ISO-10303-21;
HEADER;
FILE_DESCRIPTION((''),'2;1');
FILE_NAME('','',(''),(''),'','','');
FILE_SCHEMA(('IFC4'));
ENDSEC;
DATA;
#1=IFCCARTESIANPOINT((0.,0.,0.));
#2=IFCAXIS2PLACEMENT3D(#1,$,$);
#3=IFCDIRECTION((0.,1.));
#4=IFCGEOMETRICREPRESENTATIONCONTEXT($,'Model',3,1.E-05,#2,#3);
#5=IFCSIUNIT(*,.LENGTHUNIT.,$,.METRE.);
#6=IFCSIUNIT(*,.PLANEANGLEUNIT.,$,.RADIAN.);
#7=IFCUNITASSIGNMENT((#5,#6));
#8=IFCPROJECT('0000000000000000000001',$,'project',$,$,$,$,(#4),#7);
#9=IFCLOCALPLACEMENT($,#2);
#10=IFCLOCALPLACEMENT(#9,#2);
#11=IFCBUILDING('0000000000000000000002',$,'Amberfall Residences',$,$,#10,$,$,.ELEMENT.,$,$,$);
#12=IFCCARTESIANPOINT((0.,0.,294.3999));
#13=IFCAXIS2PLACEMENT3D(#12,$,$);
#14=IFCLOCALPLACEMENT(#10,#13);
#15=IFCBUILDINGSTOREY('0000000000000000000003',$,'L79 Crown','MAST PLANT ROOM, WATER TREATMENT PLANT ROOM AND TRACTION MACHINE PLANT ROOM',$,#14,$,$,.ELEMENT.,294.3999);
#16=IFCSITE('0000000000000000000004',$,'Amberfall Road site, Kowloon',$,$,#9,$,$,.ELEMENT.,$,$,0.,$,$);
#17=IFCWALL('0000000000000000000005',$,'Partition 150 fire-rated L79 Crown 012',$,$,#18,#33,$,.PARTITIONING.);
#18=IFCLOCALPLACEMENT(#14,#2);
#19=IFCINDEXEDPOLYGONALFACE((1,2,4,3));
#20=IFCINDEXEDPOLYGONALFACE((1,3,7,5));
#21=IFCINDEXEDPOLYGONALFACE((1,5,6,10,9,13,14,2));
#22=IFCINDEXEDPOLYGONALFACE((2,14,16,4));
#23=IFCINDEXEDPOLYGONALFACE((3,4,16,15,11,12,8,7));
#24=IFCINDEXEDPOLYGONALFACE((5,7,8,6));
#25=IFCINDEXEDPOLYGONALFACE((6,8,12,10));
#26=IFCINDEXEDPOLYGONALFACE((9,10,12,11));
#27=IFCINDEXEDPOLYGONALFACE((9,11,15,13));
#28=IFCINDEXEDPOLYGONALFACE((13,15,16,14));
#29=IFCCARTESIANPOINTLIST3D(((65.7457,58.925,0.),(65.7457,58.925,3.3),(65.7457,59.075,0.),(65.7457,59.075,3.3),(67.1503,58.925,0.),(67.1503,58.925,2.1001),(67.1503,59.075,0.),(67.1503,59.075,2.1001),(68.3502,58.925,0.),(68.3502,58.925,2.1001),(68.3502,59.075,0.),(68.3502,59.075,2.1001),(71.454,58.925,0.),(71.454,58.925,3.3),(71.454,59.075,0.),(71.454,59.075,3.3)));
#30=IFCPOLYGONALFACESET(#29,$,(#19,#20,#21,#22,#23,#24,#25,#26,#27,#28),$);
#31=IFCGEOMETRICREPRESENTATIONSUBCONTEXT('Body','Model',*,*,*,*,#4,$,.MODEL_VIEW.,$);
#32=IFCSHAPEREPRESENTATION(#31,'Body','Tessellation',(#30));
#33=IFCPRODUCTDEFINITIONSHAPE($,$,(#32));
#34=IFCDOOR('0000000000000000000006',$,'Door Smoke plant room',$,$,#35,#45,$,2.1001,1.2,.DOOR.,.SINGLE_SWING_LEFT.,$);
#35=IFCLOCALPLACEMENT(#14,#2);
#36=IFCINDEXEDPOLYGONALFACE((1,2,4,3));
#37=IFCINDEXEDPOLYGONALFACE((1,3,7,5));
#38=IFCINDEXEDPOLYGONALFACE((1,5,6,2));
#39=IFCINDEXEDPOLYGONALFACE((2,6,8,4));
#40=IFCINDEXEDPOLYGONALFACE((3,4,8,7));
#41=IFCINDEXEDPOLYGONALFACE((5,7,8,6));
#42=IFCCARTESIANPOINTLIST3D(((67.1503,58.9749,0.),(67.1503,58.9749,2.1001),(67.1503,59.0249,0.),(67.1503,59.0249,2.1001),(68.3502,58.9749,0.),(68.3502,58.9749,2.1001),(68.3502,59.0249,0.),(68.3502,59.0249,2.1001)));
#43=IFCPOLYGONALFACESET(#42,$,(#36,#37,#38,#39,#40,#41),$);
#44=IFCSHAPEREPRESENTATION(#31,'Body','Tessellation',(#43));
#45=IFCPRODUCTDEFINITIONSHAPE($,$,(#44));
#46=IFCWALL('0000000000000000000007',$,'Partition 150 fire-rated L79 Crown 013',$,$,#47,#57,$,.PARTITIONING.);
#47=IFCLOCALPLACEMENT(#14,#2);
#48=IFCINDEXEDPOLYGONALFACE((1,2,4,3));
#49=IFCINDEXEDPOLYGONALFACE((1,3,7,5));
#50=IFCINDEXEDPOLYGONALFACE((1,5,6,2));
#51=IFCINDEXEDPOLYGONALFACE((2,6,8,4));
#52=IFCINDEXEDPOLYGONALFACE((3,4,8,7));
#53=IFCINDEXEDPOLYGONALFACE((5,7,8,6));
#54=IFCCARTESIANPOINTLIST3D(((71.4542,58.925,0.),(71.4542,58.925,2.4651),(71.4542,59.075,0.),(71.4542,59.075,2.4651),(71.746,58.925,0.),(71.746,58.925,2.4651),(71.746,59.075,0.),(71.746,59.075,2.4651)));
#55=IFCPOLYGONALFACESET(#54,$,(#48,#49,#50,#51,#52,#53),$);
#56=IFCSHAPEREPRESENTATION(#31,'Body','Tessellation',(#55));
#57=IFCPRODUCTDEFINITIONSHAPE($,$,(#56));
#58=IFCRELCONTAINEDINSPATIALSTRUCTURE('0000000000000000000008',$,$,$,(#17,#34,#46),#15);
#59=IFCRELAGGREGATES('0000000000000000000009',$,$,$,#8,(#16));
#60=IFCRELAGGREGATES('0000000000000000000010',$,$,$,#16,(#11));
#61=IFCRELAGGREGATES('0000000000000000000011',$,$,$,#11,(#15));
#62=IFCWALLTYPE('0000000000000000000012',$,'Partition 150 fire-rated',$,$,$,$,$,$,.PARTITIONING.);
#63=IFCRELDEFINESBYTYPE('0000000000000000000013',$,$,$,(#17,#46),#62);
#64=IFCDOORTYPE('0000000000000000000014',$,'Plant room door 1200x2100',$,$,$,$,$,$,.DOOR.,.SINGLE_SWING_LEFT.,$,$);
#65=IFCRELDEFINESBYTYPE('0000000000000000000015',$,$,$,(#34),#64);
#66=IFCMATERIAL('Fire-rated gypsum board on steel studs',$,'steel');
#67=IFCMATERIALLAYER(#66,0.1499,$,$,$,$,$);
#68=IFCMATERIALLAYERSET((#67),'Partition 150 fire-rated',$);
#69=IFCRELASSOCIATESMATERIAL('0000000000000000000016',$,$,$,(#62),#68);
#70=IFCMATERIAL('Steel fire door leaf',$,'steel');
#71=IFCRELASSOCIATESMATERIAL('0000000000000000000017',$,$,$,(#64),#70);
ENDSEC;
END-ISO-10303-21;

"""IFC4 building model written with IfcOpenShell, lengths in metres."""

from ifc_helpers import new_model, si_unit, direction, frame, frame_2d, origin, place, context, subcontext, project, spatial, rectangle, extrude, material, layer, layer_set, type_object, element, fill, save


model = new_model("IFC4")

# Units and contexts
model_context = context("Model", 3, precision=1e-05, world=origin(), true_north=direction((0.0, 1.0)))
body_context = subcontext(model_context, "Body", "Model", "MODEL_VIEW")
ifc_project = project(units=[si_unit("LENGTHUNIT", "METRE"), si_unit("PLANEANGLEUNIT", "RADIAN")], contexts=[model_context])

# Site, building, storey
site_placement = place(None, origin())
site = spatial("IfcSite", under=ifc_project, at=site_placement, Name="Amberfall Road site, Kowloon", CompositionType="ELEMENT", RefElevation=0.0)
building_placement = place(site_placement, origin())
building = spatial("IfcBuilding", under=site, at=building_placement, Name="Amberfall Residences", CompositionType="ELEMENT")
storey_placement = place(building_placement, frame((0.0, 0.0, 294.3999)))
storey = spatial("IfcBuildingStorey", under=building, at=storey_placement, Name="L79 Crown", Description="MAST PLANT ROOM, WATER TREATMENT PLANT ROOM AND TRACTION MACHINE PLANT ROOM", CompositionType="ELEMENT", Elevation=294.3999)

# Shared definitions
ifc_material_1 = material(Name="Fire-rated gypsum board on steel studs", Category="steel")
ifc_layer_1 = layer(ifc_material_1, 0.1499)
ifc_layer_set_1 = layer_set([ifc_layer_1], Name="Partition 150 fire-rated")
wall_type_1 = type_object("IfcWallType", Name="Partition 150 fire-rated", PredefinedType="PARTITIONING", material=ifc_layer_set_1)

# Wall, opening, door
wall_1_placement = place(storey_placement, frame((65.7458, 59.0, 0.0), z_axis=(0.0, 0.0, 1.0), x_axis=(1.0, 0.0, 0.0)))
wall_1 = element("IfcWall", 1, at=wall_1_placement, inside=storey, type_object=wall_type_1, Name="Partition 150 fire-rated L79 Crown 012", PredefinedType="PARTITIONING", context=body_context, shape_type="SweptSolid", body=[
    extrude(rectangle(XDim=5.7083, YDim=0.1499, at=frame_2d((2.854, 0.0))), origin(), (0.0, 0.0, 1.0), 3.3),
])
opening_1_placement = place(wall_1_placement, frame((1.4043, 0.0, 0.0)))
opening_1 = element("IfcOpeningElement", 2, at=opening_1_placement, cuts=wall_1, PredefinedType="OPENING", context=body_context, shape_type="SweptSolid", body=[
    extrude(rectangle(XDim=1.2, YDim=2.1001, at=frame_2d((0.6001, 1.05))), frame((0.0, 0.085, 0.0), z_axis=(0.0, -1.0, 0.0), x_axis=(1.0, 0.0, 0.0)), (0.0, 0.0, 1.0), 0.1699),
])
ifc_material_2 = material(Name="Steel fire door leaf", Category="steel")
door_type_1 = type_object("IfcDoorType", Name="Plant room door 1200x2100", OperationType="SINGLE_SWING_LEFT", PredefinedType="DOOR", material=ifc_material_2)
door_1_placement = place(opening_1_placement, origin())
door_1 = element("IfcDoor", 3, at=door_1_placement, inside=storey, type_object=door_type_1, Name="Door Smoke plant room", OperationType="SINGLE_SWING_LEFT", OverallHeight=2.1001, OverallWidth=1.2, PredefinedType="DOOR", context=body_context, shape_type="SweptSolid", body=[
    extrude(rectangle(XDim=1.2, YDim=2.1001, at=frame_2d((0.6001, 1.05))), frame((0.0, 0.0249, 0.0), z_axis=(0.0, -1.0, 0.0), x_axis=(1.0, 0.0, 0.0)), (0.0, 0.0, 1.0), 0.05),
])
fill(opening_1, door_1)

# Wall
wall_2_placement = place(storey_placement, frame((71.4541, 59.0, 0.0), z_axis=(0.0, 0.0, 1.0), x_axis=(1.0, 0.0, 0.0)))
element("IfcWall", 4, at=wall_2_placement, inside=storey, type_object=wall_type_1, Name="Partition 150 fire-rated L79 Crown 013", PredefinedType="PARTITIONING", context=body_context, shape_type="SweptSolid", body=[
    extrude(rectangle(XDim=0.2917, YDim=0.1499, at=frame_2d((0.146, 0.0))), origin(), (0.0, 0.0, 1.0), 2.4651),
])

save(model, "model.ifc")
